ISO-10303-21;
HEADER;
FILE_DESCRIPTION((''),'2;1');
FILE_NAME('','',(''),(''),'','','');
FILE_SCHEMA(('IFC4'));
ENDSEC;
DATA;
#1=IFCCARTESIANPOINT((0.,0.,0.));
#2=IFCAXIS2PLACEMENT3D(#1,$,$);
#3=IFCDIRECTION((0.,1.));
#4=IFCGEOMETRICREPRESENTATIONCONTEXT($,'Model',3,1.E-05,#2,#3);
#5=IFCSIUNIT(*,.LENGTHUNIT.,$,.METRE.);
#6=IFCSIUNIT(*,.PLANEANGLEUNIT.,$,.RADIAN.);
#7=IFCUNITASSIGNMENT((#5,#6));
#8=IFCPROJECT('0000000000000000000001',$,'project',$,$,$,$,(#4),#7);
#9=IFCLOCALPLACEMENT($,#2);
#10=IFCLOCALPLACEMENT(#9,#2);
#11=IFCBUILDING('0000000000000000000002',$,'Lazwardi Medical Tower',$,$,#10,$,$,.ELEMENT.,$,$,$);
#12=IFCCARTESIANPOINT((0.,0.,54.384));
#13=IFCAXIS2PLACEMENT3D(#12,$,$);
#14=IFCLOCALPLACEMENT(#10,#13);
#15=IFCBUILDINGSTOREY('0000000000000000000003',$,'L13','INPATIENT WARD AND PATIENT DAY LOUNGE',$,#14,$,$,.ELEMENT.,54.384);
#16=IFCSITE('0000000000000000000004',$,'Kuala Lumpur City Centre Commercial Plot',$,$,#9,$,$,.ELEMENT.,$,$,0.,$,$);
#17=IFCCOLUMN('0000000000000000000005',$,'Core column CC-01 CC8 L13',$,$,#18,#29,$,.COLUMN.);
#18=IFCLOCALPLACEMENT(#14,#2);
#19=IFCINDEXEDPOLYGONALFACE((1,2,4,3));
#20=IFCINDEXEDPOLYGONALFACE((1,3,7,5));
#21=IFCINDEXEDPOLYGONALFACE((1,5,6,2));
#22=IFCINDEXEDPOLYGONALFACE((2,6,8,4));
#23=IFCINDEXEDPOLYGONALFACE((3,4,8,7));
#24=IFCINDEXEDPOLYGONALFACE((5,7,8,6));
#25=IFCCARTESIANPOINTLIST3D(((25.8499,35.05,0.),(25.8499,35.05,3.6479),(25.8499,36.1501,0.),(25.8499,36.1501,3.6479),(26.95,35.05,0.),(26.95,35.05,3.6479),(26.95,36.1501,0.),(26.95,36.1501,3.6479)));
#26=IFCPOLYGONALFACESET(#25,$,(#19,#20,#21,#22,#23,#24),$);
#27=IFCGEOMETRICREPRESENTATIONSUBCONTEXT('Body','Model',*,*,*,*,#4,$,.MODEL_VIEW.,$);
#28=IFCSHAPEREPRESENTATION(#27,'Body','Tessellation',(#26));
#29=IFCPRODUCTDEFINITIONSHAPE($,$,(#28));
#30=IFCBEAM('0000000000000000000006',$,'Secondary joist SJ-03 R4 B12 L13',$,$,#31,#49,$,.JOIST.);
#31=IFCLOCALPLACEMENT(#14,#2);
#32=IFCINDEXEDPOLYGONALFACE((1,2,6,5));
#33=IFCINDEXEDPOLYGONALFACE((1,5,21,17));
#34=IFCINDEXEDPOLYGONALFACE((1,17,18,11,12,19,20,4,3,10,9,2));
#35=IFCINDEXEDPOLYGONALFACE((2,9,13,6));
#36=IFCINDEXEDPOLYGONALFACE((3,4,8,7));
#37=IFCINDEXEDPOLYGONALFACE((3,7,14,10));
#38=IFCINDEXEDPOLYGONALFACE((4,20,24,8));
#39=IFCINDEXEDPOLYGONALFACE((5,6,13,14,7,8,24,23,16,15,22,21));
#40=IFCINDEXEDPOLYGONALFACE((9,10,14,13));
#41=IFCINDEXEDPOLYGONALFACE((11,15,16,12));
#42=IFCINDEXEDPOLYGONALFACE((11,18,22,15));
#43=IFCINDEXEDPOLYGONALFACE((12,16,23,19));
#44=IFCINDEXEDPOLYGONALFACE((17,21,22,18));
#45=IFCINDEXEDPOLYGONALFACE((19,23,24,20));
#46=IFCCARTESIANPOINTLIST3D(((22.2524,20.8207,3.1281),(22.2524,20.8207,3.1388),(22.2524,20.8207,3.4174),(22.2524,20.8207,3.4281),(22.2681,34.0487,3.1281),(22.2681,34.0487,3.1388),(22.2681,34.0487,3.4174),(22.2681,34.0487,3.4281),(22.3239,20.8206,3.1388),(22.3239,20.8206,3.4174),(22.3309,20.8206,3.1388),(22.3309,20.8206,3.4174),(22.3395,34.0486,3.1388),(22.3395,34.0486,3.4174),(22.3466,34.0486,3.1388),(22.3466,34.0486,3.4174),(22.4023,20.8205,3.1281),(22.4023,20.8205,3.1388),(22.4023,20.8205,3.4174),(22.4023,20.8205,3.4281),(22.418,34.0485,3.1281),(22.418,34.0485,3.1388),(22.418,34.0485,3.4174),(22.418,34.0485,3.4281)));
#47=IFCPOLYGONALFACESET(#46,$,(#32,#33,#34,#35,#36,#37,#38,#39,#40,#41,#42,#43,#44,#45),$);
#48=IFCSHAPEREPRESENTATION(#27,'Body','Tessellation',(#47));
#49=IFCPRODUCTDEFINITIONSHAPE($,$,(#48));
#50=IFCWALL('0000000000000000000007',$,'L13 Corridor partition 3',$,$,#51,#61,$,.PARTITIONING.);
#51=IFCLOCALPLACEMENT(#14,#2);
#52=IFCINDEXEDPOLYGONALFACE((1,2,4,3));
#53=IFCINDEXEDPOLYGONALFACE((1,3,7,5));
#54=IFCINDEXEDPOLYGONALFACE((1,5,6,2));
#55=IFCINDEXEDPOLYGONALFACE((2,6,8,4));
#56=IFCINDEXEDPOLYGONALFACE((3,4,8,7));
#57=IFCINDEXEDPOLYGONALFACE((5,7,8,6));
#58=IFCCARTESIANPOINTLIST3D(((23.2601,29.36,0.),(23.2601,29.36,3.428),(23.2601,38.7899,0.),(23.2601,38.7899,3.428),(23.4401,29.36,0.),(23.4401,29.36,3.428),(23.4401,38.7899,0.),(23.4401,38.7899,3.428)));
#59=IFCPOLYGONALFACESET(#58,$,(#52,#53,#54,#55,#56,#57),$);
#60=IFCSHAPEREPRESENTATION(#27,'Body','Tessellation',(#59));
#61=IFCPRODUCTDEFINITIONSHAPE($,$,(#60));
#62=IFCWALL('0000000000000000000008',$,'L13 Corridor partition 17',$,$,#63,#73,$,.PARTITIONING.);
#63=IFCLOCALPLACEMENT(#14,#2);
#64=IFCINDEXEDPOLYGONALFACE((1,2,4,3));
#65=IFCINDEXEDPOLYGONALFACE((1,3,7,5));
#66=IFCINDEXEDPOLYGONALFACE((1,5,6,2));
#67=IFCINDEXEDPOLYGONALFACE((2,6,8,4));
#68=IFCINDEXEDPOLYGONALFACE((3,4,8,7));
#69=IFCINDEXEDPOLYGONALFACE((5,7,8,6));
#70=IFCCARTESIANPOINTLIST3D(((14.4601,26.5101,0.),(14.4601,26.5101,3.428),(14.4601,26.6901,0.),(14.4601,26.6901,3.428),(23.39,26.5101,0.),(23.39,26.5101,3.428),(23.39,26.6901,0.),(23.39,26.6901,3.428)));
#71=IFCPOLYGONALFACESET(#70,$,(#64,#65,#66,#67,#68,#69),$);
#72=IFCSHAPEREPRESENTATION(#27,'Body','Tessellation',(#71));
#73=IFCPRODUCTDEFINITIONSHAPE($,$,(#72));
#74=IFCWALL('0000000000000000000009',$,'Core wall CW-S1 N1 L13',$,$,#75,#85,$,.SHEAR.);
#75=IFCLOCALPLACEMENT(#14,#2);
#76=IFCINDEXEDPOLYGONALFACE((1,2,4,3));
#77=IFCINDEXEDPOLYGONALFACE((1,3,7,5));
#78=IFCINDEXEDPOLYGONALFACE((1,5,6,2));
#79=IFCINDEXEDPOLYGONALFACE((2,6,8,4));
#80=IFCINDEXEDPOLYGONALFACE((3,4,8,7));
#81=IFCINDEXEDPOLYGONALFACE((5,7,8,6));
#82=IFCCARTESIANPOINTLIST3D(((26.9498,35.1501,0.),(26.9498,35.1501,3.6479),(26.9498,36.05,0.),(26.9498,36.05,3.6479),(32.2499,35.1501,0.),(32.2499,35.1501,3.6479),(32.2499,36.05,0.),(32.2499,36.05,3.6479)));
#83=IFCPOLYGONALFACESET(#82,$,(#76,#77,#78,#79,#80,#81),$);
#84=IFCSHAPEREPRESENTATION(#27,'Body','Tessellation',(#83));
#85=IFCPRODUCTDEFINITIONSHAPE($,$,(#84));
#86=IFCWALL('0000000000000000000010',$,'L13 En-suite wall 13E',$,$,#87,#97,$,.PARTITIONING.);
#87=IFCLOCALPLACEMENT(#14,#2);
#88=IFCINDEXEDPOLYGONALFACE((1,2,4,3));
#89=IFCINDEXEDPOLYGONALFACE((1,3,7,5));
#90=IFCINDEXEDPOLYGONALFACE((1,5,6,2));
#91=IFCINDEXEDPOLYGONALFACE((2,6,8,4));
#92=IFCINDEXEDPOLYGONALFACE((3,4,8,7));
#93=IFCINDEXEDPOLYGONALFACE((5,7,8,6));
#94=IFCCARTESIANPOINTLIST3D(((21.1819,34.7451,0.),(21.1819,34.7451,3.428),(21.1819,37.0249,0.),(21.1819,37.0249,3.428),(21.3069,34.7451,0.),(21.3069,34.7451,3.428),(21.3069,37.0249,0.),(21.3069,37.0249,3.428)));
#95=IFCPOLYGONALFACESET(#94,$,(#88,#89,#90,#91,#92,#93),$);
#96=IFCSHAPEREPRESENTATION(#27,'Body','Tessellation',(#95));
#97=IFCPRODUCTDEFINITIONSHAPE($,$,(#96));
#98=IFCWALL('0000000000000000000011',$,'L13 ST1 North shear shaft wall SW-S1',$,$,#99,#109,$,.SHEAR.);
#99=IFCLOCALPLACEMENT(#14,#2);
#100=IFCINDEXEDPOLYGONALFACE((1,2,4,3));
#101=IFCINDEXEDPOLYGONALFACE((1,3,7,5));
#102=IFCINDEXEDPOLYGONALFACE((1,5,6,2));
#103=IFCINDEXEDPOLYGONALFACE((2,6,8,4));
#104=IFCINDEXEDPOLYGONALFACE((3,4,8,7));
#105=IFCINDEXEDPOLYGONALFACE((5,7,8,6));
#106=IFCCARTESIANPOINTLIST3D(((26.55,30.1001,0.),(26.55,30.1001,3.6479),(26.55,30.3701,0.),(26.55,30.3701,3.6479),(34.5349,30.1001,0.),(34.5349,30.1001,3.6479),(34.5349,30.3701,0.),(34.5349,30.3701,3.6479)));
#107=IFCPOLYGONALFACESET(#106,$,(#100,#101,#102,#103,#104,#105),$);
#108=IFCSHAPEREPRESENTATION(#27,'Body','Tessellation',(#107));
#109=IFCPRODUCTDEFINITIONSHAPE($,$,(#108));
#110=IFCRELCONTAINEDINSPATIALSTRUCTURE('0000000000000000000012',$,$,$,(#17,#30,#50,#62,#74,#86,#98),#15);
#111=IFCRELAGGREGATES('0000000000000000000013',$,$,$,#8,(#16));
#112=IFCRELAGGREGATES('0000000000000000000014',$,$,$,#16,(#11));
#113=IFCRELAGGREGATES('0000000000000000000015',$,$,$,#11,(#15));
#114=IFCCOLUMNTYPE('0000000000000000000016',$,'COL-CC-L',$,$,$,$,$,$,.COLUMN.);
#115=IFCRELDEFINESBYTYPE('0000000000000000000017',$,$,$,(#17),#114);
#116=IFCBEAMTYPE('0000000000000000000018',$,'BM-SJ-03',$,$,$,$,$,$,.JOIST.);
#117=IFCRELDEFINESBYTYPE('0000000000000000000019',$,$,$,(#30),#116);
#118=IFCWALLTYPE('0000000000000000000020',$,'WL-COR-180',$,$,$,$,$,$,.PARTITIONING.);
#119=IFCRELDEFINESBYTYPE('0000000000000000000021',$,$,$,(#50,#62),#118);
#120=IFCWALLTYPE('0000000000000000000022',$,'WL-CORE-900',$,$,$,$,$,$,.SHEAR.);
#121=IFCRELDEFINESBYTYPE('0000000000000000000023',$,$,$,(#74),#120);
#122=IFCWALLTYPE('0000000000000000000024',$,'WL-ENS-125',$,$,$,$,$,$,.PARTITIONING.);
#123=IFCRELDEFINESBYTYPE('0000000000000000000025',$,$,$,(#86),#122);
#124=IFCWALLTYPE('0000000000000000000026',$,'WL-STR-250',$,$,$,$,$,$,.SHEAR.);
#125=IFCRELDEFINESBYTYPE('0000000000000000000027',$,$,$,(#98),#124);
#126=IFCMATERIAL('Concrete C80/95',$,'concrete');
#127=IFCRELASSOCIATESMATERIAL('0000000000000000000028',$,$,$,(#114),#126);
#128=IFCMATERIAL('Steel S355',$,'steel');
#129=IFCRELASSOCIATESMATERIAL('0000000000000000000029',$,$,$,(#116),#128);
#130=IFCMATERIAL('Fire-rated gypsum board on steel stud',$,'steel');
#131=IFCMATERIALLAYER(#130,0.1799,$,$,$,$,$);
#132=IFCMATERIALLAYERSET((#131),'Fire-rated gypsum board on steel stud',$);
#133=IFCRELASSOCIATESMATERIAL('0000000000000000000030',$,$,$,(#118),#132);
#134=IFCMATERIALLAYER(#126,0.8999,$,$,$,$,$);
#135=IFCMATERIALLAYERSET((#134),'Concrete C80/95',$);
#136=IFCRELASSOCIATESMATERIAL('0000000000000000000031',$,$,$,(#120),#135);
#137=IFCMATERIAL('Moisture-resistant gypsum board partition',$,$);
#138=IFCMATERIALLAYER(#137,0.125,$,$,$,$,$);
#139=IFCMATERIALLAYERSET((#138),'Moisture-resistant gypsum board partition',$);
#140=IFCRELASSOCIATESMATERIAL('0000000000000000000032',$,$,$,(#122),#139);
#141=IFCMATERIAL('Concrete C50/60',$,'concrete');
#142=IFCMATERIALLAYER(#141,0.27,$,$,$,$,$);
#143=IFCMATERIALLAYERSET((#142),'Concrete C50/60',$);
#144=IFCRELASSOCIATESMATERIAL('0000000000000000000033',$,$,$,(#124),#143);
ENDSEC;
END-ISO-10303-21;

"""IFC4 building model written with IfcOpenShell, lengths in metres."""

from ifc_helpers import new_model, si_unit, direction, frame, frame_2d, origin, origin_2d, place, context, subcontext, project, spatial, rectangle, i_section, extrude, material, layer, layer_set, material_profile, profile_set, type_object, element, save


model = new_model("IFC4")

# Units and contexts
model_context = context("Model", 3, precision=1e-05, world=origin(), true_north=direction((0.0, 1.0)))
body_context = subcontext(model_context, "Body", "Model", "MODEL_VIEW")
ifc_project = project(units=[si_unit("LENGTHUNIT", "METRE"), si_unit("PLANEANGLEUNIT", "RADIAN")], contexts=[model_context])

# Site, building, storey
site_placement = place(None, origin())
site = spatial("IfcSite", under=ifc_project, at=site_placement, Name="Kuala Lumpur City Centre Commercial Plot", CompositionType="ELEMENT", RefElevation=0.0)
building_placement = place(site_placement, origin())
building = spatial("IfcBuilding", under=site, at=building_placement, Name="Lazwardi Medical Tower", CompositionType="ELEMENT")
storey_placement = place(building_placement, frame((0.0, 0.0, 54.384)))
storey = spatial("IfcBuildingStorey", under=building, at=storey_placement, Name="L13", Description="INPATIENT WARD AND PATIENT DAY LOUNGE", CompositionType="ELEMENT", Elevation=54.384)

# Column
ifc_material_1 = material(Name="Concrete C80/95", Category="concrete")
ifc_material_profile_1 = material_profile(ifc_material_1, rectangle(XDim=1.1001, YDim=1.1001, at=origin_2d()), Name="RC 1100x1100")
ifc_profile_set_1 = profile_set([ifc_material_profile_1], Name="Concrete C80/95")
column_type = type_object("IfcColumnType", Name="COL-CC-L", PredefinedType="COLUMN", material=ifc_profile_set_1)
column_placement = place(storey_placement, frame((26.3999, 35.6001, 0.0), z_axis=(0.0, 0.0, 1.0), x_axis=(1.0, 0.0, 0.0)))
element("IfcColumn", 1, at=column_placement, inside=storey, type_object=column_type, Name="Core column CC-01 CC8 L13", PredefinedType="COLUMN", context=body_context, shape_type="SweptSolid", body=[
    extrude(rectangle(XDim=1.1001, YDim=1.1001, at=origin_2d()), origin(), (0.0, 0.0, 1.0), 3.6479),
])

# Beam
ifc_material_2 = material(Name="Steel S355", Category="steel")
ifc_material_profile_2 = material_profile(ifc_material_2, i_section(OverallWidth=0.1499, OverallDepth=0.3, WebThickness=0.0071, FlangeThickness=0.0107, at=origin_2d()), Name="IPE 300")
ifc_profile_set_2 = profile_set([ifc_material_profile_2], Name="Steel S355")
beam_type = type_object("IfcBeamType", Name="BM-SJ-03", PredefinedType="JOIST", material=ifc_profile_set_2)
beam_placement = place(storey_placement, frame((22.343, 34.0486, 3.2781), z_axis=(-0.001181, -0.999999, 0.0), x_axis=(0.999999, -0.001181, 0.0)))
element("IfcBeam", 2, at=beam_placement, inside=storey, type_object=beam_type, Name="Secondary joist SJ-03 R4 B12 L13", PredefinedType="JOIST", context=body_context, shape_type="SweptSolid", body=[
    extrude(i_section(OverallWidth=0.1499, OverallDepth=0.3, WebThickness=0.0071, FlangeThickness=0.0107, at=origin_2d()), origin(), (0.0, 0.0, 1.0), 13.228),
])

# Walls
ifc_material_3 = material(Name="Fire-rated gypsum board on steel stud", Category="steel")
ifc_layer_1 = layer(ifc_material_3, 0.1799)
ifc_layer_set_1 = layer_set([ifc_layer_1], Name="Fire-rated gypsum board on steel stud")
wall_type_1 = type_object("IfcWallType", Name="WL-COR-180", PredefinedType="PARTITIONING", material=ifc_layer_set_1)
wall_1_placement = place(storey_placement, frame((23.3501, 29.3601, 0.0), z_axis=(0.0, 0.0, 1.0), x_axis=(0.0, 1.0, 0.0)))
element("IfcWall", 3, at=wall_1_placement, inside=storey, type_object=wall_type_1, Name="L13 Corridor partition 3", PredefinedType="PARTITIONING", context=body_context, shape_type="SweptSolid", body=[
    extrude(rectangle(XDim=9.4299, YDim=0.1799, at=frame_2d((4.7148, 0.0))), origin(), (0.0, 0.0, 1.0), 3.428),
])
wall_2_placement = place(storey_placement, frame((23.3899, 26.6001, 0.0), z_axis=(0.0, 0.0, 1.0), x_axis=(-1.0, 0.0, 0.0)))
element("IfcWall", 4, at=wall_2_placement, inside=storey, type_object=wall_type_1, Name="L13 Corridor partition 17", PredefinedType="PARTITIONING", context=body_context, shape_type="SweptSolid", body=[
    extrude(rectangle(XDim=8.9299, YDim=0.1799, at=frame_2d((4.4648, 0.0))), origin(), (0.0, 0.0, 1.0), 3.428),
])
ifc_layer_2 = layer(ifc_material_1, 0.8999)
ifc_layer_set_2 = layer_set([ifc_layer_2], Name="Concrete C80/95")
wall_type_2 = type_object("IfcWallType", Name="WL-CORE-900", PredefinedType="SHEAR", material=ifc_layer_set_2)
wall_3_placement = place(storey_placement, frame((26.95, 35.6001, 0.0), z_axis=(0.0, 0.0, 1.0), x_axis=(1.0, 0.0, 0.0)))
element("IfcWall", 5, at=wall_3_placement, inside=storey, type_object=wall_type_2, Name="Core wall CW-S1 N1 L13", PredefinedType="SHEAR", context=body_context, shape_type="SweptSolid", body=[
    extrude(rectangle(XDim=5.3, YDim=0.8999, at=frame_2d((2.6499, 0.0))), origin(), (0.0, 0.0, 1.0), 3.6479),
])
ifc_material_4 = material(Name="Moisture-resistant gypsum board partition")
ifc_layer_3 = layer(ifc_material_4, 0.125)
ifc_layer_set_3 = layer_set([ifc_layer_3], Name="Moisture-resistant gypsum board partition")
wall_type_3 = type_object("IfcWallType", Name="WL-ENS-125", PredefinedType="PARTITIONING", material=ifc_layer_set_3)
wall_4_placement = place(storey_placement, frame((21.2444, 34.7451, 0.0), z_axis=(0.0, 0.0, 1.0), x_axis=(0.0, 1.0, 0.0)))
element("IfcWall", 6, at=wall_4_placement, inside=storey, type_object=wall_type_3, Name="L13 En-suite wall 13E", PredefinedType="PARTITIONING", context=body_context, shape_type="SweptSolid", body=[
    extrude(rectangle(XDim=2.2798, YDim=0.125, at=frame_2d((1.1399, 0.0))), origin(), (0.0, 0.0, 1.0), 3.428),
])
ifc_material_5 = material(Name="Concrete C50/60", Category="concrete")
ifc_layer_4 = layer(ifc_material_5, 0.27)
ifc_layer_set_4 = layer_set([ifc_layer_4], Name="Concrete C50/60")
wall_type_4 = type_object("IfcWallType", Name="WL-STR-250", PredefinedType="SHEAR", material=ifc_layer_set_4)
wall_5_placement = place(storey_placement, frame((26.55, 30.2351, 0.0), z_axis=(0.0, 0.0, 1.0), x_axis=(1.0, 0.0, 0.0)))
element("IfcWall", 7, at=wall_5_placement, inside=storey, type_object=wall_type_4, Name="L13 ST1 North shear shaft wall SW-S1", PredefinedType="SHEAR", context=body_context, shape_type="SweptSolid", body=[
    extrude(rectangle(XDim=7.9849, YDim=0.27, at=frame_2d((3.9924, 0.0))), origin(), (0.0, 0.0, 1.0), 3.6479),
])

save(model, "model.ifc")
